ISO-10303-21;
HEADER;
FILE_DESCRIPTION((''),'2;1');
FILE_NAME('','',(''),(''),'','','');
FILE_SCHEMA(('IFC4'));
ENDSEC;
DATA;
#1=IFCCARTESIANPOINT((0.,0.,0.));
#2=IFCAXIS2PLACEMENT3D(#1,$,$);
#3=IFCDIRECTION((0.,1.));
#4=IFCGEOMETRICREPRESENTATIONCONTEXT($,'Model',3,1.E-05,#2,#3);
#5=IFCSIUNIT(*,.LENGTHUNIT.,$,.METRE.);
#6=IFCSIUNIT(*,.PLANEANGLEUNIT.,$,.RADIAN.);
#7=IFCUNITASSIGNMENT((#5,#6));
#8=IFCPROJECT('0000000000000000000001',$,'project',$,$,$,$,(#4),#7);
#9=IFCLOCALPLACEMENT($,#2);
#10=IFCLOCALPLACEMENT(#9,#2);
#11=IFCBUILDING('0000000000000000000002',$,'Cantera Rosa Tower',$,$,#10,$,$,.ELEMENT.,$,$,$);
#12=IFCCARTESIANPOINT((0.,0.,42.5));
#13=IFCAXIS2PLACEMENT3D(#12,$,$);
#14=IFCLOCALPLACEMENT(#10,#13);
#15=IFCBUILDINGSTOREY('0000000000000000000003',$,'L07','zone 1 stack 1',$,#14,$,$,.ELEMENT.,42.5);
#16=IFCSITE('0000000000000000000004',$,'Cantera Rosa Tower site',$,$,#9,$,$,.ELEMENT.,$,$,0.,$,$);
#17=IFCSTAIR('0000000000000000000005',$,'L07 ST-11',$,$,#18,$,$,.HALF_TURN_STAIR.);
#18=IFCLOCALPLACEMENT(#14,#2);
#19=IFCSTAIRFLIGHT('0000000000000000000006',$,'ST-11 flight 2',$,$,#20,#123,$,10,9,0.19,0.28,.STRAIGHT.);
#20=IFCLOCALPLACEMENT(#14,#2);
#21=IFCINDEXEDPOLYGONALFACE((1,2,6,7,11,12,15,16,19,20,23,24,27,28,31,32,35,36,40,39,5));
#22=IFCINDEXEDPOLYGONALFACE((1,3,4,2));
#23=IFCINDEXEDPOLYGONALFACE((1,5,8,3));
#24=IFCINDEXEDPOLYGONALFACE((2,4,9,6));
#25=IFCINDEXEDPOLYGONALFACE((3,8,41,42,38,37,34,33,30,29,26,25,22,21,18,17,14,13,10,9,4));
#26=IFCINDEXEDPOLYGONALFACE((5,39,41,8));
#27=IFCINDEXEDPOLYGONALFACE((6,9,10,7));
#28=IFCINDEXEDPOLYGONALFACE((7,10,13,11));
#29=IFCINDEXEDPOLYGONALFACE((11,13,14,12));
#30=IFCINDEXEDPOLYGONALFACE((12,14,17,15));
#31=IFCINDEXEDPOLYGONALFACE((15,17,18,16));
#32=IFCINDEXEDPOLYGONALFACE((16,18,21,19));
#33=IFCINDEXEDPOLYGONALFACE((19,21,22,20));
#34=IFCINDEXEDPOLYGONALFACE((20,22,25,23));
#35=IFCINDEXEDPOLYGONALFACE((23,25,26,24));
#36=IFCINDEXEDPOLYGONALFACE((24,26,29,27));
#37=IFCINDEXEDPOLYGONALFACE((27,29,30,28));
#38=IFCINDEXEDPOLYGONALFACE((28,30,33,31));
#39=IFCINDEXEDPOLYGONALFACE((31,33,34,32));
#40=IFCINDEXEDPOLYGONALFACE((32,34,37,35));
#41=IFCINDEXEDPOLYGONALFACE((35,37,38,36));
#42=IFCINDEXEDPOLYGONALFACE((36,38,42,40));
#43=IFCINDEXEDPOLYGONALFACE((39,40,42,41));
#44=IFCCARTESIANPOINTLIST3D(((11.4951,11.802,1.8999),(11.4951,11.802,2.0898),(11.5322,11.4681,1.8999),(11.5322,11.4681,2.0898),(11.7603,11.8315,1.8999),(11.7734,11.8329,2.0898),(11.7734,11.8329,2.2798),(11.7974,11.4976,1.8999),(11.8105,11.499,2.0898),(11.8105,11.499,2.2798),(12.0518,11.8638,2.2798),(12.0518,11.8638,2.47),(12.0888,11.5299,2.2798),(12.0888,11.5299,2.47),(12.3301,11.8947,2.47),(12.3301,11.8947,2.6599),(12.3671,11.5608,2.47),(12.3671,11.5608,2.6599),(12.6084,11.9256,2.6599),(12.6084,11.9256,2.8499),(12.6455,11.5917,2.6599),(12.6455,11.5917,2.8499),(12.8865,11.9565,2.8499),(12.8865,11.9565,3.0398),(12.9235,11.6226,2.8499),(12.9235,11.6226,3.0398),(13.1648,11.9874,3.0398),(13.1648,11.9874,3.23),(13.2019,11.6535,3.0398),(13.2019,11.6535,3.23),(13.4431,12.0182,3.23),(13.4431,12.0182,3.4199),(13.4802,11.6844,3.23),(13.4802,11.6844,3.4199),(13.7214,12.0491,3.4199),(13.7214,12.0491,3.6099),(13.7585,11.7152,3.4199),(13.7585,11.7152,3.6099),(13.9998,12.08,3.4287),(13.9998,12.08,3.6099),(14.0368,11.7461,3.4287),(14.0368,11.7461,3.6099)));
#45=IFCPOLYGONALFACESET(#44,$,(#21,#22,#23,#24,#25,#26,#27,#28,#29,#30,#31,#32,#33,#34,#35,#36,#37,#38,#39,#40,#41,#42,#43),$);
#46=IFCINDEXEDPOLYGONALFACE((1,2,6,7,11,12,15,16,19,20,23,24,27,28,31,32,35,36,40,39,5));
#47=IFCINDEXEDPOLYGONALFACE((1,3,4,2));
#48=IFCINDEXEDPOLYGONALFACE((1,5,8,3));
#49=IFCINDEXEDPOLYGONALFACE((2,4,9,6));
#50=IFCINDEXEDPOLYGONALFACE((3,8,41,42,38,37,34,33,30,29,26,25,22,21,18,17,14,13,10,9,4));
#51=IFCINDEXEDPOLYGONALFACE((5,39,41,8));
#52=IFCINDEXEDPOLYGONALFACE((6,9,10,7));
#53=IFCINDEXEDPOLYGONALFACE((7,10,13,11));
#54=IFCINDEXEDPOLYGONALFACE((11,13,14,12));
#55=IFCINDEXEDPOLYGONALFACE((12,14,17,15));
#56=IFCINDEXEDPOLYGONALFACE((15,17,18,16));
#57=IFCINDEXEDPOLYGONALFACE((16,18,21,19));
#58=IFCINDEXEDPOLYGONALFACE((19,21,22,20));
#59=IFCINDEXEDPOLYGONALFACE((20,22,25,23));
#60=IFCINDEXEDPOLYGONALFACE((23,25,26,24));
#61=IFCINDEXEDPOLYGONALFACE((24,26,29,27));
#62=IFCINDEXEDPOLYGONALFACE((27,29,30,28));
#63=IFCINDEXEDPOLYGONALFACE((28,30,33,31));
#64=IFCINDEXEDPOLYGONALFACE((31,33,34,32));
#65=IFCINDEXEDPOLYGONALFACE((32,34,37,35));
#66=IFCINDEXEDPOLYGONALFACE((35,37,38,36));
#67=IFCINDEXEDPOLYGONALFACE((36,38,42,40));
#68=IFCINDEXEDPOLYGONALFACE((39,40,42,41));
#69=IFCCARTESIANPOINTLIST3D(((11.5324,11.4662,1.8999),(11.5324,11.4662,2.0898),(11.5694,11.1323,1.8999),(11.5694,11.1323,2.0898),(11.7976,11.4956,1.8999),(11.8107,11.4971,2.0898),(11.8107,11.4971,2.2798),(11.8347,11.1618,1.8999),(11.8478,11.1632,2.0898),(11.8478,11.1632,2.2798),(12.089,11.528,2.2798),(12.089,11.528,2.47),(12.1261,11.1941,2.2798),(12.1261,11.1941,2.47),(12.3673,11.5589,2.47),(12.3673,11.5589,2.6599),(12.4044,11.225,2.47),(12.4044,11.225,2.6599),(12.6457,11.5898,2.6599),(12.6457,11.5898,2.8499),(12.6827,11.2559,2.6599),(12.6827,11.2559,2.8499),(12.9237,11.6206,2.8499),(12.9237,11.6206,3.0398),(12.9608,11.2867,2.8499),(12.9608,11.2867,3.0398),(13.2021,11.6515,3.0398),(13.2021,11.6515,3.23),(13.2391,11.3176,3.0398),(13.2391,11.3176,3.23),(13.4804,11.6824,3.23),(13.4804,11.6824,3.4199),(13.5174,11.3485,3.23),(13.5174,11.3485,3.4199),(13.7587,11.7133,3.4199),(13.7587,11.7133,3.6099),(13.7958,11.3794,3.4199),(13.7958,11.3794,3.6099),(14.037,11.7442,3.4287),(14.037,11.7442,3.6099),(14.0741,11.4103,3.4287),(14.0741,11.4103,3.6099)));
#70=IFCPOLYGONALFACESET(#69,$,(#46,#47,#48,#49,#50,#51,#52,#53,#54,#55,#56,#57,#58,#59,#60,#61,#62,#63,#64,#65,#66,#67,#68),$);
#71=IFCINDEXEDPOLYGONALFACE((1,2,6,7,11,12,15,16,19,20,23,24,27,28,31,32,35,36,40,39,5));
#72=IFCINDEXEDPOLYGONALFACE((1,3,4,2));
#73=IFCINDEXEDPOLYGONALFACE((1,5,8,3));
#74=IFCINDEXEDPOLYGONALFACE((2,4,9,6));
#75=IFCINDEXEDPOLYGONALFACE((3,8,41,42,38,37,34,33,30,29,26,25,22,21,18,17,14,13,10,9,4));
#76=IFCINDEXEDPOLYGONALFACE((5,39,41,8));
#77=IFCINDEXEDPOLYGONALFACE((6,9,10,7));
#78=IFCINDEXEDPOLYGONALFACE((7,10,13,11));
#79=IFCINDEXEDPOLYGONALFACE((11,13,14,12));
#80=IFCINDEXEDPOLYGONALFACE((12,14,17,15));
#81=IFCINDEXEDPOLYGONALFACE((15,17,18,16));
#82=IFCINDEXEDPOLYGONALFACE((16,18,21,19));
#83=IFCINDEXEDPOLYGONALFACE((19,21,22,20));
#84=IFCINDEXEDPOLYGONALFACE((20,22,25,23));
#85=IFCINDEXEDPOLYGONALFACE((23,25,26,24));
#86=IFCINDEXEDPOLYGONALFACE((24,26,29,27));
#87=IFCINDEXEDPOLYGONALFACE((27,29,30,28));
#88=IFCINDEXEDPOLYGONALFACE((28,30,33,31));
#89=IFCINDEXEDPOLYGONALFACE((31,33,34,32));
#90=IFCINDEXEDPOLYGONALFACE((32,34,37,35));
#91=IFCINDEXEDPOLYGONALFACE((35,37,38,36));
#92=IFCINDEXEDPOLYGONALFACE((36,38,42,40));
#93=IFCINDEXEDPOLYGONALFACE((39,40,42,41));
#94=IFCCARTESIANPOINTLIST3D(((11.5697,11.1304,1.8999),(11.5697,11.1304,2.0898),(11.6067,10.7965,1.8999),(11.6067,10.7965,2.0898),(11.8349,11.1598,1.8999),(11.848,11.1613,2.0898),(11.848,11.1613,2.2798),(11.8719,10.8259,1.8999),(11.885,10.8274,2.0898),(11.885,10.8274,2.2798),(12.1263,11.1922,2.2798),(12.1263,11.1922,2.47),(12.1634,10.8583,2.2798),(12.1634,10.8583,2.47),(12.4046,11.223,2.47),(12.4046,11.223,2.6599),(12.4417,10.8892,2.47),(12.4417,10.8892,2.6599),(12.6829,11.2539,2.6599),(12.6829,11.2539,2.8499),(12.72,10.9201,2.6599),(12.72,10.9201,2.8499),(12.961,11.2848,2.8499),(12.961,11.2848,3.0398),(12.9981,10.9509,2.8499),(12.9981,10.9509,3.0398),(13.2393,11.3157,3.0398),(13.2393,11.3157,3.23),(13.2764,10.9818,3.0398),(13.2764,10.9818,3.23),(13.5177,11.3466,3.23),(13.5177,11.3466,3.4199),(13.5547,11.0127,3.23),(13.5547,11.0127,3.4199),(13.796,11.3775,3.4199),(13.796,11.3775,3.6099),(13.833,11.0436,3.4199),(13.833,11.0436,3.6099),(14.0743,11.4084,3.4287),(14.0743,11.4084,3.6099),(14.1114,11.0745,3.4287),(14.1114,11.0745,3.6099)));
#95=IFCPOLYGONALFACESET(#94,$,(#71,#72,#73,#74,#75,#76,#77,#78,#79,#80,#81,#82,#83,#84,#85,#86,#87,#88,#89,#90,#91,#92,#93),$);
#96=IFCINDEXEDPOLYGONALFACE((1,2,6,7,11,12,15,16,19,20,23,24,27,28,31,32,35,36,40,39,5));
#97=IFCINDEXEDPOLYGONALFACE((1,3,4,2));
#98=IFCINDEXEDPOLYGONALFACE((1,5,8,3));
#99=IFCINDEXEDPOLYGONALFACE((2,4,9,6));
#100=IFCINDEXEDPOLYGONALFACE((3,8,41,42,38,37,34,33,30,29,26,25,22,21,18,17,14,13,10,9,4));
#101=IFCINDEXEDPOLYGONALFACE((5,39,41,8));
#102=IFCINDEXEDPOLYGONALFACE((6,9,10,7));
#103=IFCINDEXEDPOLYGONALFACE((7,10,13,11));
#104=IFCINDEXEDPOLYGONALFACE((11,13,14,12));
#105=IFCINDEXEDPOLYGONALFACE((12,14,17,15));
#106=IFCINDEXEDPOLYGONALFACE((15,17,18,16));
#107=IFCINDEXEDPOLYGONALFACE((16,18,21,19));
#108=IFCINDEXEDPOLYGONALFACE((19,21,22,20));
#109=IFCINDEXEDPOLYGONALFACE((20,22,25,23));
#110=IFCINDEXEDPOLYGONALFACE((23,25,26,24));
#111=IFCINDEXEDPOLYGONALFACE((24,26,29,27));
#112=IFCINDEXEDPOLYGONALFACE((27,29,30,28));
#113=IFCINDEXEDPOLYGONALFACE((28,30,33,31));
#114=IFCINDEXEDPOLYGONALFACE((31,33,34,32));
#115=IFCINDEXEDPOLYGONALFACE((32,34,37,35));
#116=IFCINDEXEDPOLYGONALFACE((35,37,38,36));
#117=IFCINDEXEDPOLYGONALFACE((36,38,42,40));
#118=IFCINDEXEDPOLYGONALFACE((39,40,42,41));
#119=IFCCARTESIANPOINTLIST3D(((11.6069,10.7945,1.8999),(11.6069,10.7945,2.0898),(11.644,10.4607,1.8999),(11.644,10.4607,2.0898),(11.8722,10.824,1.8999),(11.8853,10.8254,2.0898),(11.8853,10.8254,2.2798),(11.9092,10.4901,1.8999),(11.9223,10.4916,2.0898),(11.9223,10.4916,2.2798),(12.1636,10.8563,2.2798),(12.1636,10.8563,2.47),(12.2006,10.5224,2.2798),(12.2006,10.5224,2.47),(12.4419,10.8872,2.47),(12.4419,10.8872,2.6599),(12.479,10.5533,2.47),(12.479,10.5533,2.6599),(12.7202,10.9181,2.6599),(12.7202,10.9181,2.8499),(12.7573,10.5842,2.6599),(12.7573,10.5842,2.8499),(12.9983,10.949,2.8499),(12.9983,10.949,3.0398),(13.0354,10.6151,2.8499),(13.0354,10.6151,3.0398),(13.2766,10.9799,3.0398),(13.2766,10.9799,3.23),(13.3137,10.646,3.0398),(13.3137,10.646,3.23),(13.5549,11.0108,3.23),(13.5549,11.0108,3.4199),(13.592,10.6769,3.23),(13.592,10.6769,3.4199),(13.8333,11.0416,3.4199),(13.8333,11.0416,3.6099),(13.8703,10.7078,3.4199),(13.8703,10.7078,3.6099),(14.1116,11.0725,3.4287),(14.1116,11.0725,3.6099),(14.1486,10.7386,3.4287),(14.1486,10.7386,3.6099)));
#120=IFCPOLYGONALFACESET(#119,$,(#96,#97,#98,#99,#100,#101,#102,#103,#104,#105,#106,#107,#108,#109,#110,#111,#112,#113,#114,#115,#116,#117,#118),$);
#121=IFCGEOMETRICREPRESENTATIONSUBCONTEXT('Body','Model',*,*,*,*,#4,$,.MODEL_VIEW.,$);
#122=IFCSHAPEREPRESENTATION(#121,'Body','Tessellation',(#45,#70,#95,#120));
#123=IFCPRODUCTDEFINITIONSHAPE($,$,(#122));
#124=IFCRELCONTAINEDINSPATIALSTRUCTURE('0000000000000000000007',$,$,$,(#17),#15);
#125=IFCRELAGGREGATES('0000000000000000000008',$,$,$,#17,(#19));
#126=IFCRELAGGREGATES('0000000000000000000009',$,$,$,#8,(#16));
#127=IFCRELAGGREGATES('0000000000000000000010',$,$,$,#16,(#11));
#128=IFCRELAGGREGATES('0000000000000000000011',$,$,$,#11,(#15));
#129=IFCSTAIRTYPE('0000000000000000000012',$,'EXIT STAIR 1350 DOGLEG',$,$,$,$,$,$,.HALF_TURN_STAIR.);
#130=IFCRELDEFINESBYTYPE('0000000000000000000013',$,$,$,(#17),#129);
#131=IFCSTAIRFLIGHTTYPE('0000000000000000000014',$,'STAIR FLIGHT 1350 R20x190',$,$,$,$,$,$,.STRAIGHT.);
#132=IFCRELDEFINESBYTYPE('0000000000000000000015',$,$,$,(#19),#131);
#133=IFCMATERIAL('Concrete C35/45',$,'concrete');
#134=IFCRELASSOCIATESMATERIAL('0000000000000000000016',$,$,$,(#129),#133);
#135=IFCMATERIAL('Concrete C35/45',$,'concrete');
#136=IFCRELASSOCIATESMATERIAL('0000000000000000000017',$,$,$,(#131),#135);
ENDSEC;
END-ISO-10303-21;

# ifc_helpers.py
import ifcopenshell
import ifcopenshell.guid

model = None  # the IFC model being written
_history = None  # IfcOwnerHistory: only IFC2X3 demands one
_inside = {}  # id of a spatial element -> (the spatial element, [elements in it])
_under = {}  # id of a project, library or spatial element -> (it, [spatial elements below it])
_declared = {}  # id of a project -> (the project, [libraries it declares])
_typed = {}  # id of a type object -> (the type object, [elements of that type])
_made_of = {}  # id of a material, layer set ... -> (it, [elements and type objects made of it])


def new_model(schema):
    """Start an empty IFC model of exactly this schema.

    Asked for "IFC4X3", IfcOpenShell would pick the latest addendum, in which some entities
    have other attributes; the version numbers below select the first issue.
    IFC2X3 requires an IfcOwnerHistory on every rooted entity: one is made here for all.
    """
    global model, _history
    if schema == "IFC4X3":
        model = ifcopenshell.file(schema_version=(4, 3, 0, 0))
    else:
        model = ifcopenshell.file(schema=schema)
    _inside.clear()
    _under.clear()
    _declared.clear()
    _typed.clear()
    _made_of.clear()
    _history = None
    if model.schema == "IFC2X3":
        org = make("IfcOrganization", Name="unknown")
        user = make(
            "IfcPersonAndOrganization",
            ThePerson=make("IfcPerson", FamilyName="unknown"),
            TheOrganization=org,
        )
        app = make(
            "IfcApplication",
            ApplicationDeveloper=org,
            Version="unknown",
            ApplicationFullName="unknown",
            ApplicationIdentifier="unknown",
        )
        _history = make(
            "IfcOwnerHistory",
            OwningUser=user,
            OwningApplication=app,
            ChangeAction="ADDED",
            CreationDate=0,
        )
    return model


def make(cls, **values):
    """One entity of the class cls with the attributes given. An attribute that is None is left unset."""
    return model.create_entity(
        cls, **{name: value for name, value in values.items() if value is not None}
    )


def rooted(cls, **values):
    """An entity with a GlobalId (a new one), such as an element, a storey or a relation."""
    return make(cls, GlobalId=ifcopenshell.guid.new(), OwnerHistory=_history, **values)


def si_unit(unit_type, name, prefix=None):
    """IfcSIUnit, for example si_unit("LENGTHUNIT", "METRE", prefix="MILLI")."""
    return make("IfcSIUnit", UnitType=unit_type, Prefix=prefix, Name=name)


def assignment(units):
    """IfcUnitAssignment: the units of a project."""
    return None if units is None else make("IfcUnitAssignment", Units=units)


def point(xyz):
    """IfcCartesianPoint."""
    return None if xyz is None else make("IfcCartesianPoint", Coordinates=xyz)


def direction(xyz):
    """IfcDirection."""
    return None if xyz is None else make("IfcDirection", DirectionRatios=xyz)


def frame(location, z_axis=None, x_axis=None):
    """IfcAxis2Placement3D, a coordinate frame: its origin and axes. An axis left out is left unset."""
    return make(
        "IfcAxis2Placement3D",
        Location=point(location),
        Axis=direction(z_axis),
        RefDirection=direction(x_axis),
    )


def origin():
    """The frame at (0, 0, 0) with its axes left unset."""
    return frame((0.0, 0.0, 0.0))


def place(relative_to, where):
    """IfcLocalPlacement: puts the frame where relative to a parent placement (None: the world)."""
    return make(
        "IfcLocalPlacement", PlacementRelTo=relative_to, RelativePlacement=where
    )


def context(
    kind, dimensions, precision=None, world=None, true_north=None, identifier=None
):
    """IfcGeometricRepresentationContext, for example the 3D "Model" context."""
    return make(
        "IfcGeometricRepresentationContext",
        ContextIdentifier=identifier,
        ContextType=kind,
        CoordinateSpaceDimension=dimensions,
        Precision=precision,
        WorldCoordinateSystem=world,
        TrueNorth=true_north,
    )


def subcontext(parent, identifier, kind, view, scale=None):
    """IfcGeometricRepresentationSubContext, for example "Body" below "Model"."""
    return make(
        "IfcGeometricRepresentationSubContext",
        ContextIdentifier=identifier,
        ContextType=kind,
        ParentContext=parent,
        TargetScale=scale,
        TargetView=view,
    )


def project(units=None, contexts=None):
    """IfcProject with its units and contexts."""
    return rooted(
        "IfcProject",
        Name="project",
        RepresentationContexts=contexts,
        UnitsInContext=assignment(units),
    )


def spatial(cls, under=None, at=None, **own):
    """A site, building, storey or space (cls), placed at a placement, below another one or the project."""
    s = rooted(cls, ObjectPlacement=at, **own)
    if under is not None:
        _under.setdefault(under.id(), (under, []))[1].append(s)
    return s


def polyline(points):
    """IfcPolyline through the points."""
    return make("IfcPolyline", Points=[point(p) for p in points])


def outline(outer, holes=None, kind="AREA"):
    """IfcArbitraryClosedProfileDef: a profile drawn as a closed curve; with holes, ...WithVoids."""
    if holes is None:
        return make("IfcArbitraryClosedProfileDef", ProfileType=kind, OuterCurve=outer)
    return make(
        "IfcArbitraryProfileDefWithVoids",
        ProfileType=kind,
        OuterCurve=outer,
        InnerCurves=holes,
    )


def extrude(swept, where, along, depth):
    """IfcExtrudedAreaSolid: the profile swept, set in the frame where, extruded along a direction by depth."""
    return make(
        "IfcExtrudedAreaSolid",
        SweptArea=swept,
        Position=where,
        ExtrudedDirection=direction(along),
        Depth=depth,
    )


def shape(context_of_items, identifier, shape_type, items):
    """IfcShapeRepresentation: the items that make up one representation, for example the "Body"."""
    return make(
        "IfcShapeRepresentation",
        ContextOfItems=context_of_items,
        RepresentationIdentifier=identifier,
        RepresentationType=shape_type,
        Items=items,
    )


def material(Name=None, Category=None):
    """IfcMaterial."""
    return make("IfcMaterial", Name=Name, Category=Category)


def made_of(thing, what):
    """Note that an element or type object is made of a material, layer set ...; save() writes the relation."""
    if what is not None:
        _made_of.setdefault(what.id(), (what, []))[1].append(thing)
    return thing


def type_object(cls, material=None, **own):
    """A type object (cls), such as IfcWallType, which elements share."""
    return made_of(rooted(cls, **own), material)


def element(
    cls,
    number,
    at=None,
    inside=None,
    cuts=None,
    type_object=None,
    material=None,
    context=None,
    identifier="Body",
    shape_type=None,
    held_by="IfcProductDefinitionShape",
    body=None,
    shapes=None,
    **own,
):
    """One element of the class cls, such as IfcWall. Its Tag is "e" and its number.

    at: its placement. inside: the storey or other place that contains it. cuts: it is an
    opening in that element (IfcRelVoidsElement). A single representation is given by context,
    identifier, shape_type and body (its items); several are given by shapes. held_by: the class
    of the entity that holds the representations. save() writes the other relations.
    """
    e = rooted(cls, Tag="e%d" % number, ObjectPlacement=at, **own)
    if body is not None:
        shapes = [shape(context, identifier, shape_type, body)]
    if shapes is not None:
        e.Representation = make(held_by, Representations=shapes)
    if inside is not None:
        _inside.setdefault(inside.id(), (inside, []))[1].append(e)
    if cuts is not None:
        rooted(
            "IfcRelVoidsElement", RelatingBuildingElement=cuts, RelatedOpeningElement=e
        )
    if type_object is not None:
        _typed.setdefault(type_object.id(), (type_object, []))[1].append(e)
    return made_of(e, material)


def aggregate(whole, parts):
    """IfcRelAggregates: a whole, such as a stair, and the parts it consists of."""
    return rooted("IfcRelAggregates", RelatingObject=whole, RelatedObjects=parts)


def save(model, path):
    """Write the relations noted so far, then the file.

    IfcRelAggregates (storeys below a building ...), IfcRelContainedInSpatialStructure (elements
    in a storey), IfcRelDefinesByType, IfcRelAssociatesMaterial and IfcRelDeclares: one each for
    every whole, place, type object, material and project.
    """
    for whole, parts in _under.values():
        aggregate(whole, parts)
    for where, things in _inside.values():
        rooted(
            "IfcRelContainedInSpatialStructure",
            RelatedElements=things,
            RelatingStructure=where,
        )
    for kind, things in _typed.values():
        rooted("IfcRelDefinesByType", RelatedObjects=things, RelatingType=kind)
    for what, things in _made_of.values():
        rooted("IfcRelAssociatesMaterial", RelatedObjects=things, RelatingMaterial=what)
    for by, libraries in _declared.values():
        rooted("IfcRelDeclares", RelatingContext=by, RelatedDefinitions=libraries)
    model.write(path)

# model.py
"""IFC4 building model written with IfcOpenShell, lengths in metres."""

from ifc_helpers import new_model, si_unit, direction, frame, origin, place, context, subcontext, project, spatial, polyline, outline, extrude, material, type_object, element, aggregate, save


model = new_model("IFC4")

# Units and contexts
model_context = context("Model", 3, precision=1e-05, world=origin(), true_north=direction((0.0, 1.0)))
body_context = subcontext(model_context, "Body", "Model", "MODEL_VIEW")
ifc_project = project(units=[si_unit("LENGTHUNIT", "METRE"), si_unit("PLANEANGLEUNIT", "RADIAN")], contexts=[model_context])

# Site, building, storey
site_placement = place(None, origin())
site = spatial("IfcSite", under=ifc_project, at=site_placement, Name="Cantera Rosa Tower site", CompositionType="ELEMENT", RefElevation=0.0)
building_placement = place(site_placement, origin())
building = spatial("IfcBuilding", under=site, at=building_placement, Name="Cantera Rosa Tower", CompositionType="ELEMENT")
storey_placement = place(building_placement, frame((0.0, 0.0, 42.5)))
storey = spatial("IfcBuildingStorey", under=building, at=storey_placement, Name="L07", Description="zone 1 stack 1", CompositionType="ELEMENT", Elevation=42.5)

# Stair, stair flight
ifc_material_1 = material(Name="Concrete C35/45", Category="concrete")
stair_type = type_object("IfcStairType", Name="EXIT STAIR 1350 DOGLEG", PredefinedType="HALF_TURN_STAIR", material=ifc_material_1)
stair_placement = place(storey_placement, origin())
stair = element("IfcStair", 1, at=stair_placement, inside=storey, type_object=stair_type, Name="L07 ST-11", PredefinedType="HALF_TURN_STAIR")
ifc_material_2 = material(Name="Concrete C35/45", Category="concrete")
stair_flight_type = type_object("IfcStairFlightType", Name="STAIR FLIGHT 1350 R20x190", PredefinedType="STRAIGHT", material=ifc_material_2)
stair_flight_placement = place(storey_placement, frame((11.5696, 11.1311, 1.8999), z_axis=(0.0, 0.0, 1.0), x_axis=(0.993897, 0.110313, 0.0)))
stair_flight = element("IfcStairFlight", 2, at=stair_flight_placement, type_object=stair_flight_type, Name="ST-11 flight 2", NumberOfRisers=10, NumberOfTreads=9, PredefinedType="STRAIGHT", RiserHeight=0.19, TreadLength=0.28, context=body_context, shape_type="SweptSolid", body=[
    extrude(outline(polyline([(0.0, 0.0), (0.0, 0.1899), (0.28, 0.1899), (0.28, 0.3799), (0.5601, 0.3799), (0.5601, 0.5701), (0.8401, 0.5701), (0.8401, 0.76), (1.1201, 0.76), (1.1201, 0.95), (1.3999, 0.95), (1.3999, 1.1399), (1.6799, 1.1399), (1.6799, 1.3301), (1.96, 1.3301), (1.96, 1.52), (2.24, 1.52), (2.24, 1.71), (2.52, 1.71), (2.52, 1.8999), (2.52, 1.5288), (0.2668, 0.0), (0.0, 0.0)])), frame((0.0, 0.675, 0.0), z_axis=(0.0, -1.0, 0.0), x_axis=(1.0, 0.0, 0.0)), (0.0, 0.0, 1.0), 0.3359),
    extrude(outline(polyline([(0.0, 0.0), (0.0, 0.1899), (0.28, 0.1899), (0.28, 0.3799), (0.5601, 0.3799), (0.5601, 0.5701), (0.8401, 0.5701), (0.8401, 0.76), (1.1201, 0.76), (1.1201, 0.95), (1.3999, 0.95), (1.3999, 1.1399), (1.6799, 1.1399), (1.6799, 1.3301), (1.96, 1.3301), (1.96, 1.52), (2.24, 1.52), (2.24, 1.71), (2.52, 1.71), (2.52, 1.8999), (2.52, 1.5288), (0.2668, 0.0), (0.0, 0.0)])), frame((0.0, 0.3372, 0.0), z_axis=(0.0, -1.0, 0.0), x_axis=(1.0, 0.0, 0.0)), (0.0, 0.0, 1.0), 0.3359),
    extrude(outline(polyline([(0.0, 0.0), (0.0, 0.1899), (0.28, 0.1899), (0.28, 0.3799), (0.5601, 0.3799), (0.5601, 0.5701), (0.8401, 0.5701), (0.8401, 0.76), (1.1201, 0.76), (1.1201, 0.95), (1.3999, 0.95), (1.3999, 1.1399), (1.6799, 1.1399), (1.6799, 1.3301), (1.96, 1.3301), (1.96, 1.52), (2.24, 1.52), (2.24, 1.71), (2.52, 1.71), (2.52, 1.8999), (2.52, 1.5288), (0.2668, 0.0), (0.0, 0.0)])), frame((0.0, -0.0007, 0.0), z_axis=(0.0, -1.0, 0.0), x_axis=(1.0, 0.0, 0.0)), (0.0, 0.0, 1.0), 0.3359),
    extrude(outline(polyline([(0.0, 0.0), (0.0, 0.1899), (0.28, 0.1899), (0.28, 0.3799), (0.5601, 0.3799), (0.5601, 0.5701), (0.8401, 0.5701), (0.8401, 0.76), (1.1201, 0.76), (1.1201, 0.95), (1.3999, 0.95), (1.3999, 1.1399), (1.6799, 1.1399), (1.6799, 1.3301), (1.96, 1.3301), (1.96, 1.52), (2.24, 1.52), (2.24, 1.71), (2.52, 1.71), (2.52, 1.8999), (2.52, 1.5288), (0.2668, 0.0), (0.0, 0.0)])), frame((0.0, -0.3386, 0.0), z_axis=(0.0, -1.0, 0.0), x_axis=(1.0, 0.0, 0.0)), (0.0, 0.0, 1.0), 0.3359),
])
aggregate(stair, [stair_flight])

save(model, "model.ifc")
